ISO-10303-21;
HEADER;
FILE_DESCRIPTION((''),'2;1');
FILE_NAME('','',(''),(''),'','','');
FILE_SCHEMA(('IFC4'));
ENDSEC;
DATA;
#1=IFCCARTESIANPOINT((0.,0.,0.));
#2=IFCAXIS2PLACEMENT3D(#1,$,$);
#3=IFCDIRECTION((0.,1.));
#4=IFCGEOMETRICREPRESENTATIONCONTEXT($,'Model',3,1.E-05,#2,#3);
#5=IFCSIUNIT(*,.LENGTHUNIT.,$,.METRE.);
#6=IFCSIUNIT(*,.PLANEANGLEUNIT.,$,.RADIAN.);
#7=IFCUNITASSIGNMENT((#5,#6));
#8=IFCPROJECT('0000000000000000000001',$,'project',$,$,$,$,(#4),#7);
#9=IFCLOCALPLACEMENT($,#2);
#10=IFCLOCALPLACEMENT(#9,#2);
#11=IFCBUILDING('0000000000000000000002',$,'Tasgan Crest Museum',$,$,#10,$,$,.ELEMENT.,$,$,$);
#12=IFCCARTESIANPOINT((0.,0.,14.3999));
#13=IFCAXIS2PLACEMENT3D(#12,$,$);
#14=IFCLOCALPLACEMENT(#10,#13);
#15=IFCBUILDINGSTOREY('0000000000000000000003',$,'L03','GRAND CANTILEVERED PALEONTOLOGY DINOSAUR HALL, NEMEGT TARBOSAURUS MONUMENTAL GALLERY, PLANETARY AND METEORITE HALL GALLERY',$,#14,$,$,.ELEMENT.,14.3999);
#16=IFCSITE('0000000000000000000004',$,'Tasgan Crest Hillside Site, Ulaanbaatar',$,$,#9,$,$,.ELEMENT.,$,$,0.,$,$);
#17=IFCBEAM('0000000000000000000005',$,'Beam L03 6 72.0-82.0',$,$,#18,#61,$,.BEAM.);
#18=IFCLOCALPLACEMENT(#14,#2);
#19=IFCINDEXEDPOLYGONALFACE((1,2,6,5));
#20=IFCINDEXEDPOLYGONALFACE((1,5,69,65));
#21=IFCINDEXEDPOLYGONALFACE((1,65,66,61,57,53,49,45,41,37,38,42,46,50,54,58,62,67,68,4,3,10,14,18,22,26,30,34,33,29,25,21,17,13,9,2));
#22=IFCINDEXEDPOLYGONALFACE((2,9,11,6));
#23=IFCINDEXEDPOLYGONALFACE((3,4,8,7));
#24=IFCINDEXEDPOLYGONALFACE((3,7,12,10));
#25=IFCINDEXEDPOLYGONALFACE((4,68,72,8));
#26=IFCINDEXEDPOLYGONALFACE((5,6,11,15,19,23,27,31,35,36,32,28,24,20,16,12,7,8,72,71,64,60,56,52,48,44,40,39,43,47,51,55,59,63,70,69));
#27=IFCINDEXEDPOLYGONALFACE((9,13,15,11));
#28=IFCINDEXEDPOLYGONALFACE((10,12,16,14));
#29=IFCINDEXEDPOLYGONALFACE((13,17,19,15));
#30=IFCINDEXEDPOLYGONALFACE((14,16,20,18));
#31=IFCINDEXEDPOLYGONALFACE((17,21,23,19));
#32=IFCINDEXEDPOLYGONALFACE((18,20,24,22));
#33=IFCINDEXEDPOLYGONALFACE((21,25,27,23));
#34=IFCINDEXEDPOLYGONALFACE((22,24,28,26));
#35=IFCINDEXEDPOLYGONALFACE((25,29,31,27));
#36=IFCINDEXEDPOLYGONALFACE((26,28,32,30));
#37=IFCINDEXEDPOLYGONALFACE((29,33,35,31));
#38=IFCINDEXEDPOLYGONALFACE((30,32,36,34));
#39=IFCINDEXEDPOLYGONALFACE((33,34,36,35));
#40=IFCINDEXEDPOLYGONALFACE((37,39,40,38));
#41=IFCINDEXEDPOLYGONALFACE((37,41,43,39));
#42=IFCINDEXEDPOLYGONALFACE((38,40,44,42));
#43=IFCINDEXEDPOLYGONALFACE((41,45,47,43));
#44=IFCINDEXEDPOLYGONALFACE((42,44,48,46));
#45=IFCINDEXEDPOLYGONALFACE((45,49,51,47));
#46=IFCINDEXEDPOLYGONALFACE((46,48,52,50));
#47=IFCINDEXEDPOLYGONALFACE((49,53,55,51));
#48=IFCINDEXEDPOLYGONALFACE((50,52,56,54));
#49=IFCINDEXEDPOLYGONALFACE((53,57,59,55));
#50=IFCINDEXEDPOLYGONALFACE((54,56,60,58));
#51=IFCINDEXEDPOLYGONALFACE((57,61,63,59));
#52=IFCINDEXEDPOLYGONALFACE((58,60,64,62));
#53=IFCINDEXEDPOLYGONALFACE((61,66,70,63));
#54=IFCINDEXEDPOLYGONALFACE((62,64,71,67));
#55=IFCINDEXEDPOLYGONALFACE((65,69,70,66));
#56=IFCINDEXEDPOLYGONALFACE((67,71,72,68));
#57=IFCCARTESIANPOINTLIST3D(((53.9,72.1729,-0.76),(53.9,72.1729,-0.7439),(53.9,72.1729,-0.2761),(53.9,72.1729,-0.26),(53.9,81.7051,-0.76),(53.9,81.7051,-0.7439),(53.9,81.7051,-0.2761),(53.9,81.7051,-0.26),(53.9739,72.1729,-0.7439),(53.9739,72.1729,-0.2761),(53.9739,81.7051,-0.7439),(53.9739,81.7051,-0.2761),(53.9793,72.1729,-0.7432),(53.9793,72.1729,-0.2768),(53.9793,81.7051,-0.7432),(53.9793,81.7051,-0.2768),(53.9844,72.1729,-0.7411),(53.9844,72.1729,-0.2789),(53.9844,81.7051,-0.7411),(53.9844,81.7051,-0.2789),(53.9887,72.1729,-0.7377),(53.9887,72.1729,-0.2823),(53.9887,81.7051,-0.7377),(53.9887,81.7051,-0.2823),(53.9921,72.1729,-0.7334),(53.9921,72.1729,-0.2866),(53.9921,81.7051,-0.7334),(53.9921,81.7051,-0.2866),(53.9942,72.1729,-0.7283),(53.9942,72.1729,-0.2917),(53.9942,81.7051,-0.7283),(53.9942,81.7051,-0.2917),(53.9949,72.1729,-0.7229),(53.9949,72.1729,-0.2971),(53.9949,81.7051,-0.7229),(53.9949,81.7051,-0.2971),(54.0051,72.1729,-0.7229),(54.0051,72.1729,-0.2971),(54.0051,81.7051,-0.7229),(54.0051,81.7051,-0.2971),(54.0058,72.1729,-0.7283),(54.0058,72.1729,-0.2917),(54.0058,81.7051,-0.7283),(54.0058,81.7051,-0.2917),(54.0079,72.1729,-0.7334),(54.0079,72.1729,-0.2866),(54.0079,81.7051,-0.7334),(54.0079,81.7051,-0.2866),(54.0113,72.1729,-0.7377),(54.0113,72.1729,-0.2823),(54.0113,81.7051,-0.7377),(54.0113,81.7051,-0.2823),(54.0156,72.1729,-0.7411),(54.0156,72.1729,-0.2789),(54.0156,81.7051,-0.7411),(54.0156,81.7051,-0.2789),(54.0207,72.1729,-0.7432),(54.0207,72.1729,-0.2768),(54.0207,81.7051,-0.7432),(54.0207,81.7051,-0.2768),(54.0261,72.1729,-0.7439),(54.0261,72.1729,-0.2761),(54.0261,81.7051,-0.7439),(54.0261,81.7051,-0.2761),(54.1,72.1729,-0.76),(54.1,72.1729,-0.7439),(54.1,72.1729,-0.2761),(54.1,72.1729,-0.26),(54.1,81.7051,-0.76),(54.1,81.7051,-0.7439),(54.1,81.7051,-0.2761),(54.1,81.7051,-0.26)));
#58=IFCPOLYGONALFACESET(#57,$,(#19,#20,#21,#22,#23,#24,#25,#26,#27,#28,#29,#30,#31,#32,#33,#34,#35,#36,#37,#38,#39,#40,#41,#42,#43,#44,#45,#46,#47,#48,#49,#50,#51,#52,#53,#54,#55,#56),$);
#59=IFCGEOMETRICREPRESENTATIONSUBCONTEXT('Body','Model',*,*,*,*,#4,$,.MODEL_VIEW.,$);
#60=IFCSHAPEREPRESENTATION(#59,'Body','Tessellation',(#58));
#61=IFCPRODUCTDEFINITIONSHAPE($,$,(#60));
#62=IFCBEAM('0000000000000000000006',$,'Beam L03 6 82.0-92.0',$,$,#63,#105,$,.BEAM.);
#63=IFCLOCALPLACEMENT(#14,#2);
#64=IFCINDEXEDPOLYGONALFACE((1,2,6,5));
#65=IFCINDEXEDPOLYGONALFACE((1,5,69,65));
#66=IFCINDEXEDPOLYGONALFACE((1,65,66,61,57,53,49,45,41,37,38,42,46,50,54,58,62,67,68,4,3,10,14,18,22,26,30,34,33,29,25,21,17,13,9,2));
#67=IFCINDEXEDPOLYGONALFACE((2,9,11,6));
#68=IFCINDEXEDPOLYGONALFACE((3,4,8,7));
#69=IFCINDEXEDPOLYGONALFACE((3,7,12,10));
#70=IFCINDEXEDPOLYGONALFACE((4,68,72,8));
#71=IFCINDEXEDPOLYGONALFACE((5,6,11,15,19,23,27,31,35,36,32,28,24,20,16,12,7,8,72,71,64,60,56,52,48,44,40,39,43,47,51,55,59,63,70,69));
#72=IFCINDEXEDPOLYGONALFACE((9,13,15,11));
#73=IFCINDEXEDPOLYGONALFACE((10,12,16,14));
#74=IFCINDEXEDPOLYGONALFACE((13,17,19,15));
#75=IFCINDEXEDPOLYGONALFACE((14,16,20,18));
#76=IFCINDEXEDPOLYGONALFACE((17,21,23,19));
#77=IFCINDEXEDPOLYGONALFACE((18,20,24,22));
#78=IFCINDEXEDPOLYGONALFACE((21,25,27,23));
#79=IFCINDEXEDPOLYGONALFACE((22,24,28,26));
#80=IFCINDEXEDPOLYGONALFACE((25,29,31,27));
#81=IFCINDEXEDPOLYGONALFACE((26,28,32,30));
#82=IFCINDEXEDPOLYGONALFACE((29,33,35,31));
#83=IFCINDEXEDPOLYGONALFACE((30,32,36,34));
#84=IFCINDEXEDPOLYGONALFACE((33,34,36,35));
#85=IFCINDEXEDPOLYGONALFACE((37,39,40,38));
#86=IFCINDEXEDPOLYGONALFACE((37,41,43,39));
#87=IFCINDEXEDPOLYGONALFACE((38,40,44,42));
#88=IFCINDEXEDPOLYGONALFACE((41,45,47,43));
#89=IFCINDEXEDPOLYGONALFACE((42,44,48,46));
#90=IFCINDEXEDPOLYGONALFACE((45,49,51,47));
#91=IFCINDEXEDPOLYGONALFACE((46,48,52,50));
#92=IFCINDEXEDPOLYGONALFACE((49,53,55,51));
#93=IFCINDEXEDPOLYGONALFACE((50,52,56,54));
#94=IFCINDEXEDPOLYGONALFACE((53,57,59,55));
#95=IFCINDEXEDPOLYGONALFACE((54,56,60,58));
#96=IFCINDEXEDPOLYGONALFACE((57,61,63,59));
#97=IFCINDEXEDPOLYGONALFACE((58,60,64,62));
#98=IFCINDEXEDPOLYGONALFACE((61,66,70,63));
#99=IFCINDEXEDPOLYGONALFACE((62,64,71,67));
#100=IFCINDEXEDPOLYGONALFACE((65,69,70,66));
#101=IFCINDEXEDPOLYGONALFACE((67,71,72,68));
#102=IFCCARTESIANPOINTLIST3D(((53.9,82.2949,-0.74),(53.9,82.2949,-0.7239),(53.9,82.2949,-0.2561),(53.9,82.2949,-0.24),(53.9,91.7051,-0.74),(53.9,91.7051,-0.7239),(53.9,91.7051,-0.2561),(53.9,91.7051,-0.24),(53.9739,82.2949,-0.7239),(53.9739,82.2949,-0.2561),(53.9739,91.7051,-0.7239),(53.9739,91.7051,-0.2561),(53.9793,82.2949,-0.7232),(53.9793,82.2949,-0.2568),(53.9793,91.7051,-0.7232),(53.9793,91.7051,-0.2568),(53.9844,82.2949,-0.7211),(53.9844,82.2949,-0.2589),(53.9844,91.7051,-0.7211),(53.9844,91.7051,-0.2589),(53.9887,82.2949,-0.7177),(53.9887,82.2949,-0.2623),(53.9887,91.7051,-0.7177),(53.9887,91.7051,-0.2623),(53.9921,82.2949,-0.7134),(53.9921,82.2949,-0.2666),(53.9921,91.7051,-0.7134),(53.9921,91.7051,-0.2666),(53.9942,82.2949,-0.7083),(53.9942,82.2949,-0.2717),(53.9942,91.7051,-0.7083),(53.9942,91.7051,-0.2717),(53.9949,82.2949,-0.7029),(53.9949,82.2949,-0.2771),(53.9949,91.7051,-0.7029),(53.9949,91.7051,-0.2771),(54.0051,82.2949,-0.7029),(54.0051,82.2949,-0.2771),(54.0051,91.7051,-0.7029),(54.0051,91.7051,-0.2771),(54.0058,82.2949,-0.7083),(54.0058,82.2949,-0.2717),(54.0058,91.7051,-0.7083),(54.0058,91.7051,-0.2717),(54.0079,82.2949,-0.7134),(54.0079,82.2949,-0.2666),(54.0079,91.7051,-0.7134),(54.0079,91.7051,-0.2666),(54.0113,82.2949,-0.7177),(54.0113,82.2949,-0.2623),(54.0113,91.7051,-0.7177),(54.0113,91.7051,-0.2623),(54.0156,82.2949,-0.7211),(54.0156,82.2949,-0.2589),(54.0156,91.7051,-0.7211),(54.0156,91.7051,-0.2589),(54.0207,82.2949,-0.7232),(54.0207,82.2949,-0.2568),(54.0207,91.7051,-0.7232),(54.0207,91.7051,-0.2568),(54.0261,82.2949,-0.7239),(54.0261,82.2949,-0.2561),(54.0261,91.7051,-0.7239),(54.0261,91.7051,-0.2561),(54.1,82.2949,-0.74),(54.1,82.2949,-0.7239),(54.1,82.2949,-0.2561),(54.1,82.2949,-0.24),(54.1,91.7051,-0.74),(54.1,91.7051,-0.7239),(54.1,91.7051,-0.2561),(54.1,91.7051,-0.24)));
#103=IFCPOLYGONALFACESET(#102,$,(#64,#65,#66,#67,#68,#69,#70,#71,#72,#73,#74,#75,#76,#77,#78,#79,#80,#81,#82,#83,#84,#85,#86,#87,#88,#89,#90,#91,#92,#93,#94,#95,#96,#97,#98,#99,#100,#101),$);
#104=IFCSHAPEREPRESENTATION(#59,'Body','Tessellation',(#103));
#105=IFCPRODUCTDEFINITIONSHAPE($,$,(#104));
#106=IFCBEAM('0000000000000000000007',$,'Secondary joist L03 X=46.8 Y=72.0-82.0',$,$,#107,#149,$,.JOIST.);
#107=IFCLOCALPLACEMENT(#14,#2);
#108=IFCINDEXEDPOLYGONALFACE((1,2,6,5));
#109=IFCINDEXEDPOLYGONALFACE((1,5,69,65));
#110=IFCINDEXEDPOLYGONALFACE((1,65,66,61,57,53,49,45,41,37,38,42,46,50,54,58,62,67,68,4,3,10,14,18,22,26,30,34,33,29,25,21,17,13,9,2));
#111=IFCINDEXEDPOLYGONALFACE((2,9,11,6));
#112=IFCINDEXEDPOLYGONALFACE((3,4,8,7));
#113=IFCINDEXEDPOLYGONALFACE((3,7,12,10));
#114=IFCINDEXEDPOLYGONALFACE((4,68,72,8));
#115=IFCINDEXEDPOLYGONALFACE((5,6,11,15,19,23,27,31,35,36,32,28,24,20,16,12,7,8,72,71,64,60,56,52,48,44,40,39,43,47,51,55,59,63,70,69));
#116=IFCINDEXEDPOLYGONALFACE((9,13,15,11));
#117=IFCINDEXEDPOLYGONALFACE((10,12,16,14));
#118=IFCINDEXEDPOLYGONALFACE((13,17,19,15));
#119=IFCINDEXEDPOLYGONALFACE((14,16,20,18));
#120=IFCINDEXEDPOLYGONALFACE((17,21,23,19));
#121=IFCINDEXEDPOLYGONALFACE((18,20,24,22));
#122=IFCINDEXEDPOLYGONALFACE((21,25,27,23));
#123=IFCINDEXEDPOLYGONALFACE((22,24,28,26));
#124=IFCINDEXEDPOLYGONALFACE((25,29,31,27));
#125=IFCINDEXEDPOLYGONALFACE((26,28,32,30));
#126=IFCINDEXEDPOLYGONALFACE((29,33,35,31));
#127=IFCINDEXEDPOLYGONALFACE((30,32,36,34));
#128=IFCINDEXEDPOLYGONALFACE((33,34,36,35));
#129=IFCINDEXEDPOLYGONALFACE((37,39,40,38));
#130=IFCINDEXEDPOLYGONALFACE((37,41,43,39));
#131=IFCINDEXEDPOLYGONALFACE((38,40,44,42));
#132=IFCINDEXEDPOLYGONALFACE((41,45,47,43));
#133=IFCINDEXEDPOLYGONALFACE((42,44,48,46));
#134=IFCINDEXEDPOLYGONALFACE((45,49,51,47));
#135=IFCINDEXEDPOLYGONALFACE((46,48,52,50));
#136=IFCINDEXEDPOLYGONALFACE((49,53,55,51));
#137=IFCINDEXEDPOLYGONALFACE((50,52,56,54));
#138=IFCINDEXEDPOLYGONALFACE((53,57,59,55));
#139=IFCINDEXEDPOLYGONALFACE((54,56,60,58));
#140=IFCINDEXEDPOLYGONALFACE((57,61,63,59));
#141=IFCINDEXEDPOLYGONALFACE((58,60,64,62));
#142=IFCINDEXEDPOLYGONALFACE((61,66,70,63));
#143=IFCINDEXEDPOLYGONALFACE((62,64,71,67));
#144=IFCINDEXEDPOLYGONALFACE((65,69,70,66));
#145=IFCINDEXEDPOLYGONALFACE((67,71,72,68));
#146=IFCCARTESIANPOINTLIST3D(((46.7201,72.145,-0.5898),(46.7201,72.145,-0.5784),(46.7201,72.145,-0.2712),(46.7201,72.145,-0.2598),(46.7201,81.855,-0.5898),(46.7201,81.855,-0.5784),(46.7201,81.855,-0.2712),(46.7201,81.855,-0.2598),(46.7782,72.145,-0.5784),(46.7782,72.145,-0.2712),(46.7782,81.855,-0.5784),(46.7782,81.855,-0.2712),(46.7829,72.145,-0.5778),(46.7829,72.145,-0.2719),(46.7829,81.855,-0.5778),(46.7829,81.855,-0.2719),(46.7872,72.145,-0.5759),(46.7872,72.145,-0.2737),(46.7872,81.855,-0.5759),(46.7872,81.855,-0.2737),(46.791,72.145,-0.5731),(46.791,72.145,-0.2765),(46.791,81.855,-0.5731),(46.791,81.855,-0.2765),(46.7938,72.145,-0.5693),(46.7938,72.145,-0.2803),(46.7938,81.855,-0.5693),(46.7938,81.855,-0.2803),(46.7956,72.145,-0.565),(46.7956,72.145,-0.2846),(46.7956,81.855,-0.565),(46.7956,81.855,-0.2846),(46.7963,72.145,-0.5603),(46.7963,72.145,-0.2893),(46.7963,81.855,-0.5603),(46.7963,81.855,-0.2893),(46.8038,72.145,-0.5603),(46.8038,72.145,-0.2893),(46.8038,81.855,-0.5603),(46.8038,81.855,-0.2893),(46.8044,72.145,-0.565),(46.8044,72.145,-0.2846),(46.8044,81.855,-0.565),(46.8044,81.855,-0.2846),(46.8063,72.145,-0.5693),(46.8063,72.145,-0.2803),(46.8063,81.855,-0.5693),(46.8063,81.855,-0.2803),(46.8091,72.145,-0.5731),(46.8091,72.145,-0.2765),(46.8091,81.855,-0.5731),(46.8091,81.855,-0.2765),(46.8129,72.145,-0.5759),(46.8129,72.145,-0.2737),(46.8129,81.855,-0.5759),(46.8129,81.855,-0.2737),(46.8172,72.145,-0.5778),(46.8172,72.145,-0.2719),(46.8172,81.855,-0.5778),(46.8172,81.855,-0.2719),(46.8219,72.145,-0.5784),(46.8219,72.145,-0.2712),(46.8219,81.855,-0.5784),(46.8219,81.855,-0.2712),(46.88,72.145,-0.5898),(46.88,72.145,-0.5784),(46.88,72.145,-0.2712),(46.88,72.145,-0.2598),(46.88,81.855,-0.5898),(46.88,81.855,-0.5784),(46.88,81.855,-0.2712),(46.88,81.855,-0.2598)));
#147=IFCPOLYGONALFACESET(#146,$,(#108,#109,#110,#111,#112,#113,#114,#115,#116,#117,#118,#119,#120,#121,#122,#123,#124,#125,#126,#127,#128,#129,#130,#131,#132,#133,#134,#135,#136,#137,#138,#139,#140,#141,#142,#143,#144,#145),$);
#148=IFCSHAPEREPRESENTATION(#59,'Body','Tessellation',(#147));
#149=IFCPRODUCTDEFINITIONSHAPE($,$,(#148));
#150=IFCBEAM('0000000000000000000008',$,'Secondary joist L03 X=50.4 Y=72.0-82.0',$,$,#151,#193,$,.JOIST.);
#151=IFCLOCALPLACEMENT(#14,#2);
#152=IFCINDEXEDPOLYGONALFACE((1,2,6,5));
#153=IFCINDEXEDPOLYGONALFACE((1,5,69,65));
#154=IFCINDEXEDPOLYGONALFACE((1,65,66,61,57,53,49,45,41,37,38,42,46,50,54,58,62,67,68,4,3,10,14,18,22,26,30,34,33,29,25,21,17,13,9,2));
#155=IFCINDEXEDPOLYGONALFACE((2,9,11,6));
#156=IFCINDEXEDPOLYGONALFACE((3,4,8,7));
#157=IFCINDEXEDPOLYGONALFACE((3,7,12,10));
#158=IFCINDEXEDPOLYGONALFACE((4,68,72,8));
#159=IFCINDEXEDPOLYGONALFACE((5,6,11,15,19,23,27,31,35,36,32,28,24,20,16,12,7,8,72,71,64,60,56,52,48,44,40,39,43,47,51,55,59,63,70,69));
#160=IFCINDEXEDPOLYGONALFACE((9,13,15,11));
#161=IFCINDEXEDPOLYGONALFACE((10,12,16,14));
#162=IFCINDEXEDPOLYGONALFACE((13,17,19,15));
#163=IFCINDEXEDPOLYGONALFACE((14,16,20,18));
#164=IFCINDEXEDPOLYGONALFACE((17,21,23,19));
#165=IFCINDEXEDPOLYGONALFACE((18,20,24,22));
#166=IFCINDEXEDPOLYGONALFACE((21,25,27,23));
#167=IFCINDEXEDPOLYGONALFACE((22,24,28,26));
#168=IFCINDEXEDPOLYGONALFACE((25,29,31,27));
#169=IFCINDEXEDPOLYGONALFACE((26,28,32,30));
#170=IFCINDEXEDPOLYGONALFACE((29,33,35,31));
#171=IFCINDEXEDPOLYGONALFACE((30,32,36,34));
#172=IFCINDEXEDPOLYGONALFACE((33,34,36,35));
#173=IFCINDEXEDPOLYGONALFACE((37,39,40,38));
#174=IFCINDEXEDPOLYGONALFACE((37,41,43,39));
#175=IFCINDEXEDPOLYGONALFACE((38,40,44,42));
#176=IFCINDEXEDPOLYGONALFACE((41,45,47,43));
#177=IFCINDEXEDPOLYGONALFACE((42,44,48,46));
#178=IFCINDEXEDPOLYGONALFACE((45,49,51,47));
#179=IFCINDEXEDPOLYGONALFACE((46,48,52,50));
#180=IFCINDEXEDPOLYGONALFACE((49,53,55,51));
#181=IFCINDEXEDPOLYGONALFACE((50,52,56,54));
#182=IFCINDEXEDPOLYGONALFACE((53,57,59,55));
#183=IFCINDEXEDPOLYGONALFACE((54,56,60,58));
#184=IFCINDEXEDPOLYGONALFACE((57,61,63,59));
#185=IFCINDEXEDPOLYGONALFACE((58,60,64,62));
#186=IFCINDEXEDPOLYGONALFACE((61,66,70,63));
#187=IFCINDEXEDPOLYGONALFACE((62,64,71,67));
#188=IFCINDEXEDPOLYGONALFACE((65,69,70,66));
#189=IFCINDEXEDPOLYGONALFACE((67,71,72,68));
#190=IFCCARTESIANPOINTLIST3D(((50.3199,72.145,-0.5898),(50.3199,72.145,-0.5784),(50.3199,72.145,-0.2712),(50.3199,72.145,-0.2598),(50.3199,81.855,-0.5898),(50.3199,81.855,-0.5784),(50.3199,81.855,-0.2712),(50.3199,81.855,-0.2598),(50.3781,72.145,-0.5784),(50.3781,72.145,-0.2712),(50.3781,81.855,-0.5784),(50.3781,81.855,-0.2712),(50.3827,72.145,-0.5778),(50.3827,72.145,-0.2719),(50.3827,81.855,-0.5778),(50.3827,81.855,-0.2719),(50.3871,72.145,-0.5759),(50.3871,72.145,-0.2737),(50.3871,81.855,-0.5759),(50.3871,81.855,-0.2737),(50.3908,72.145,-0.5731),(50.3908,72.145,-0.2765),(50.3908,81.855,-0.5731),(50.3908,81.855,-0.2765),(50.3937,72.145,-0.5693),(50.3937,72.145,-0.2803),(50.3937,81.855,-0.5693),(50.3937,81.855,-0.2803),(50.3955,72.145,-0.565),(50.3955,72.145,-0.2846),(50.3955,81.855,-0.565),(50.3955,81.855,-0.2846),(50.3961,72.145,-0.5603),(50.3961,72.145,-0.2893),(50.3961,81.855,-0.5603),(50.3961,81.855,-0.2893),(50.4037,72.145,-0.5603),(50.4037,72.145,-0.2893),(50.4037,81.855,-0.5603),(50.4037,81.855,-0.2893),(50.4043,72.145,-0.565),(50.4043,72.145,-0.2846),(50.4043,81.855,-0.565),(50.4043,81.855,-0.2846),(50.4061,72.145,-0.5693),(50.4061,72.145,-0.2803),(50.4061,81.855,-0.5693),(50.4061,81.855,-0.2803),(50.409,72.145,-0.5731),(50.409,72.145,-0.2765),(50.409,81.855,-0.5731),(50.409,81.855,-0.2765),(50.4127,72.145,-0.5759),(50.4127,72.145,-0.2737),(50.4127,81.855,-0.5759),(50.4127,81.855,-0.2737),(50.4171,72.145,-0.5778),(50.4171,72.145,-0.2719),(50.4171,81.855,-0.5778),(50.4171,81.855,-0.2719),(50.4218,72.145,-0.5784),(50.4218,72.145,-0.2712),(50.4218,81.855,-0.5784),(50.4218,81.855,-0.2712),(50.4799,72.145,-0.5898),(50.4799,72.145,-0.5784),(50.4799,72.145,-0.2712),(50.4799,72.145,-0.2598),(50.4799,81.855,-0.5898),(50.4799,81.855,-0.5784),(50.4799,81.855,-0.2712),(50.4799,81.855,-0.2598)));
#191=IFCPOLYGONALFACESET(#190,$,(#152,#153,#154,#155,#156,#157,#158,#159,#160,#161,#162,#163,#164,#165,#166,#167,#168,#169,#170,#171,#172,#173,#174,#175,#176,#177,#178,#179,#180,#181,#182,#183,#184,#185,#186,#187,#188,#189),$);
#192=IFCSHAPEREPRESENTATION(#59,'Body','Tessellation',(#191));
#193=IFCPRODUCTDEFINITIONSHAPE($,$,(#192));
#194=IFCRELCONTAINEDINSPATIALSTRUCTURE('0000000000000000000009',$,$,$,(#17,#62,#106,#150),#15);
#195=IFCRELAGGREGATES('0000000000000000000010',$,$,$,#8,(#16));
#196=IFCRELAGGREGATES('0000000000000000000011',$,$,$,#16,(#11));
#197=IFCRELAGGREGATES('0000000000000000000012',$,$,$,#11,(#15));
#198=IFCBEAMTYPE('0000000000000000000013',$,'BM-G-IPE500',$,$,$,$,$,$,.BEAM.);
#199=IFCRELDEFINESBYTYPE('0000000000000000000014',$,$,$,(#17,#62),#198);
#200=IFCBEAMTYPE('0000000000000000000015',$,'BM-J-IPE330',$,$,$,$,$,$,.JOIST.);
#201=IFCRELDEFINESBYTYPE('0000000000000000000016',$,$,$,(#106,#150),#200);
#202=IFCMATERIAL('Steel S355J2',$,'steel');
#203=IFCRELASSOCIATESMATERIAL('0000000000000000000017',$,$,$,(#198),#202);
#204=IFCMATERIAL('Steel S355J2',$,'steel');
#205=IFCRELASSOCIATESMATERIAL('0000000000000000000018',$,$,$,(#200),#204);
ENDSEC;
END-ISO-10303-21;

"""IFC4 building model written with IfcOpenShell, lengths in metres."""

from ifc_helpers import new_model, si_unit, direction, frame, origin, origin_2d, place, context, subcontext, project, spatial, i_section, extrude, material, material_profile, profile_set, type_object, element, save


model = new_model("IFC4")

# Units and contexts
model_context = context("Model", 3, precision=1e-05, world=origin(), true_north=direction((0.0, 1.0)))
body_context = subcontext(model_context, "Body", "Model", "MODEL_VIEW")
ifc_project = project(units=[si_unit("LENGTHUNIT", "METRE"), si_unit("PLANEANGLEUNIT", "RADIAN")], contexts=[model_context])

# Site, building, storey
site_placement = place(None, origin())
site = spatial("IfcSite", under=ifc_project, at=site_placement, Name="Tasgan Crest Hillside Site, Ulaanbaatar", CompositionType="ELEMENT", RefElevation=0.0)
building_placement = place(site_placement, origin())
building = spatial("IfcBuilding", under=site, at=building_placement, Name="Tasgan Crest Museum", CompositionType="ELEMENT")
storey_placement = place(building_placement, frame((0.0, 0.0, 14.3999)))
storey = spatial("IfcBuildingStorey", under=building, at=storey_placement, Name="L03", Description="GRAND CANTILEVERED PALEONTOLOGY DINOSAUR HALL, NEMEGT TARBOSAURUS MONUMENTAL GALLERY, PLANETARY AND METEORITE HALL GALLERY", CompositionType="ELEMENT", Elevation=14.3999)

# Beams
ifc_material_1 = material(Name="Steel S355J2", Category="steel")
ifc_material_profile_1 = material_profile(ifc_material_1, i_section(OverallWidth=0.2, OverallDepth=0.5, WebThickness=0.0103, FlangeThickness=0.0161, FilletRadius=0.021, at=origin_2d()), Name="IPE 500")
ifc_profile_set_1 = profile_set([ifc_material_profile_1], Name="Steel S355J2")
beam_type_1 = type_object("IfcBeamType", Name="BM-G-IPE500", PredefinedType="BEAM", material=ifc_profile_set_1)
beam_1_placement = place(storey_placement, frame((54.0, 72.1729, -0.51), z_axis=(0.0, 1.0, 0.0), x_axis=(-1.0, 0.0, 0.0)))
element("IfcBeam", 1, at=beam_1_placement, inside=storey, type_object=beam_type_1, Name="Beam L03 6 72.0-82.0", PredefinedType="BEAM", context=body_context, shape_type="SweptSolid", body=[
    extrude(i_section(OverallWidth=0.2, OverallDepth=0.5, WebThickness=0.0103, FlangeThickness=0.0161, FilletRadius=0.021, at=origin_2d()), origin(), (0.0, 0.0, 1.0), 9.5322),
])
beam_2_placement = place(storey_placement, frame((54.0, 82.2949, -0.49), z_axis=(0.0, 1.0, 0.0), x_axis=(-1.0, 0.0, 0.0)))
element("IfcBeam", 2, at=beam_2_placement, inside=storey, type_object=beam_type_1, Name="Beam L03 6 82.0-92.0", PredefinedType="BEAM", context=body_context, shape_type="SweptSolid", body=[
    extrude(i_section(OverallWidth=0.2, OverallDepth=0.5, WebThickness=0.0103, FlangeThickness=0.0161, FilletRadius=0.021, at=origin_2d()), origin(), (0.0, 0.0, 1.0), 9.4102),
])
ifc_material_2 = material(Name="Steel S355J2", Category="steel")
ifc_material_profile_2 = material_profile(ifc_material_2, i_section(OverallWidth=0.1599, OverallDepth=0.3301, WebThickness=0.0076, FlangeThickness=0.0115, FilletRadius=0.0181, at=origin_2d()), Name="IPE 330")
ifc_profile_set_2 = profile_set([ifc_material_profile_2], Name="Steel S355J2")
beam_type_2 = type_object("IfcBeamType", Name="BM-J-IPE330", PredefinedType="JOIST", material=ifc_profile_set_2)
for number, where, z_axis, x_axis, name in (
    (3, (46.8, 72.145, -0.4248), (0.0, 1.0, 0.0), (-1.0, 0.0, 0.0), "Secondary joist L03 X=46.8 Y=72.0-82.0"),
    (4, (50.3999, 72.145, -0.4248), (0.0, 1.0, 0.0), (-1.0, 0.0, 0.0), "Secondary joist L03 X=50.4 Y=72.0-82.0"),
):
    element("IfcBeam", number, at=place(storey_placement, frame(where, z_axis=z_axis, x_axis=x_axis)), inside=storey, type_object=beam_type_2, Name=name, PredefinedType="JOIST", context=body_context, shape_type="SweptSolid", body=[
        extrude(i_section(OverallWidth=0.1599, OverallDepth=0.3301, WebThickness=0.0076, FlangeThickness=0.0115, FilletRadius=0.0181, at=origin_2d()), origin(), (0.0, 0.0, 1.0), 9.71),
    ])

save(model, "model.ifc")
